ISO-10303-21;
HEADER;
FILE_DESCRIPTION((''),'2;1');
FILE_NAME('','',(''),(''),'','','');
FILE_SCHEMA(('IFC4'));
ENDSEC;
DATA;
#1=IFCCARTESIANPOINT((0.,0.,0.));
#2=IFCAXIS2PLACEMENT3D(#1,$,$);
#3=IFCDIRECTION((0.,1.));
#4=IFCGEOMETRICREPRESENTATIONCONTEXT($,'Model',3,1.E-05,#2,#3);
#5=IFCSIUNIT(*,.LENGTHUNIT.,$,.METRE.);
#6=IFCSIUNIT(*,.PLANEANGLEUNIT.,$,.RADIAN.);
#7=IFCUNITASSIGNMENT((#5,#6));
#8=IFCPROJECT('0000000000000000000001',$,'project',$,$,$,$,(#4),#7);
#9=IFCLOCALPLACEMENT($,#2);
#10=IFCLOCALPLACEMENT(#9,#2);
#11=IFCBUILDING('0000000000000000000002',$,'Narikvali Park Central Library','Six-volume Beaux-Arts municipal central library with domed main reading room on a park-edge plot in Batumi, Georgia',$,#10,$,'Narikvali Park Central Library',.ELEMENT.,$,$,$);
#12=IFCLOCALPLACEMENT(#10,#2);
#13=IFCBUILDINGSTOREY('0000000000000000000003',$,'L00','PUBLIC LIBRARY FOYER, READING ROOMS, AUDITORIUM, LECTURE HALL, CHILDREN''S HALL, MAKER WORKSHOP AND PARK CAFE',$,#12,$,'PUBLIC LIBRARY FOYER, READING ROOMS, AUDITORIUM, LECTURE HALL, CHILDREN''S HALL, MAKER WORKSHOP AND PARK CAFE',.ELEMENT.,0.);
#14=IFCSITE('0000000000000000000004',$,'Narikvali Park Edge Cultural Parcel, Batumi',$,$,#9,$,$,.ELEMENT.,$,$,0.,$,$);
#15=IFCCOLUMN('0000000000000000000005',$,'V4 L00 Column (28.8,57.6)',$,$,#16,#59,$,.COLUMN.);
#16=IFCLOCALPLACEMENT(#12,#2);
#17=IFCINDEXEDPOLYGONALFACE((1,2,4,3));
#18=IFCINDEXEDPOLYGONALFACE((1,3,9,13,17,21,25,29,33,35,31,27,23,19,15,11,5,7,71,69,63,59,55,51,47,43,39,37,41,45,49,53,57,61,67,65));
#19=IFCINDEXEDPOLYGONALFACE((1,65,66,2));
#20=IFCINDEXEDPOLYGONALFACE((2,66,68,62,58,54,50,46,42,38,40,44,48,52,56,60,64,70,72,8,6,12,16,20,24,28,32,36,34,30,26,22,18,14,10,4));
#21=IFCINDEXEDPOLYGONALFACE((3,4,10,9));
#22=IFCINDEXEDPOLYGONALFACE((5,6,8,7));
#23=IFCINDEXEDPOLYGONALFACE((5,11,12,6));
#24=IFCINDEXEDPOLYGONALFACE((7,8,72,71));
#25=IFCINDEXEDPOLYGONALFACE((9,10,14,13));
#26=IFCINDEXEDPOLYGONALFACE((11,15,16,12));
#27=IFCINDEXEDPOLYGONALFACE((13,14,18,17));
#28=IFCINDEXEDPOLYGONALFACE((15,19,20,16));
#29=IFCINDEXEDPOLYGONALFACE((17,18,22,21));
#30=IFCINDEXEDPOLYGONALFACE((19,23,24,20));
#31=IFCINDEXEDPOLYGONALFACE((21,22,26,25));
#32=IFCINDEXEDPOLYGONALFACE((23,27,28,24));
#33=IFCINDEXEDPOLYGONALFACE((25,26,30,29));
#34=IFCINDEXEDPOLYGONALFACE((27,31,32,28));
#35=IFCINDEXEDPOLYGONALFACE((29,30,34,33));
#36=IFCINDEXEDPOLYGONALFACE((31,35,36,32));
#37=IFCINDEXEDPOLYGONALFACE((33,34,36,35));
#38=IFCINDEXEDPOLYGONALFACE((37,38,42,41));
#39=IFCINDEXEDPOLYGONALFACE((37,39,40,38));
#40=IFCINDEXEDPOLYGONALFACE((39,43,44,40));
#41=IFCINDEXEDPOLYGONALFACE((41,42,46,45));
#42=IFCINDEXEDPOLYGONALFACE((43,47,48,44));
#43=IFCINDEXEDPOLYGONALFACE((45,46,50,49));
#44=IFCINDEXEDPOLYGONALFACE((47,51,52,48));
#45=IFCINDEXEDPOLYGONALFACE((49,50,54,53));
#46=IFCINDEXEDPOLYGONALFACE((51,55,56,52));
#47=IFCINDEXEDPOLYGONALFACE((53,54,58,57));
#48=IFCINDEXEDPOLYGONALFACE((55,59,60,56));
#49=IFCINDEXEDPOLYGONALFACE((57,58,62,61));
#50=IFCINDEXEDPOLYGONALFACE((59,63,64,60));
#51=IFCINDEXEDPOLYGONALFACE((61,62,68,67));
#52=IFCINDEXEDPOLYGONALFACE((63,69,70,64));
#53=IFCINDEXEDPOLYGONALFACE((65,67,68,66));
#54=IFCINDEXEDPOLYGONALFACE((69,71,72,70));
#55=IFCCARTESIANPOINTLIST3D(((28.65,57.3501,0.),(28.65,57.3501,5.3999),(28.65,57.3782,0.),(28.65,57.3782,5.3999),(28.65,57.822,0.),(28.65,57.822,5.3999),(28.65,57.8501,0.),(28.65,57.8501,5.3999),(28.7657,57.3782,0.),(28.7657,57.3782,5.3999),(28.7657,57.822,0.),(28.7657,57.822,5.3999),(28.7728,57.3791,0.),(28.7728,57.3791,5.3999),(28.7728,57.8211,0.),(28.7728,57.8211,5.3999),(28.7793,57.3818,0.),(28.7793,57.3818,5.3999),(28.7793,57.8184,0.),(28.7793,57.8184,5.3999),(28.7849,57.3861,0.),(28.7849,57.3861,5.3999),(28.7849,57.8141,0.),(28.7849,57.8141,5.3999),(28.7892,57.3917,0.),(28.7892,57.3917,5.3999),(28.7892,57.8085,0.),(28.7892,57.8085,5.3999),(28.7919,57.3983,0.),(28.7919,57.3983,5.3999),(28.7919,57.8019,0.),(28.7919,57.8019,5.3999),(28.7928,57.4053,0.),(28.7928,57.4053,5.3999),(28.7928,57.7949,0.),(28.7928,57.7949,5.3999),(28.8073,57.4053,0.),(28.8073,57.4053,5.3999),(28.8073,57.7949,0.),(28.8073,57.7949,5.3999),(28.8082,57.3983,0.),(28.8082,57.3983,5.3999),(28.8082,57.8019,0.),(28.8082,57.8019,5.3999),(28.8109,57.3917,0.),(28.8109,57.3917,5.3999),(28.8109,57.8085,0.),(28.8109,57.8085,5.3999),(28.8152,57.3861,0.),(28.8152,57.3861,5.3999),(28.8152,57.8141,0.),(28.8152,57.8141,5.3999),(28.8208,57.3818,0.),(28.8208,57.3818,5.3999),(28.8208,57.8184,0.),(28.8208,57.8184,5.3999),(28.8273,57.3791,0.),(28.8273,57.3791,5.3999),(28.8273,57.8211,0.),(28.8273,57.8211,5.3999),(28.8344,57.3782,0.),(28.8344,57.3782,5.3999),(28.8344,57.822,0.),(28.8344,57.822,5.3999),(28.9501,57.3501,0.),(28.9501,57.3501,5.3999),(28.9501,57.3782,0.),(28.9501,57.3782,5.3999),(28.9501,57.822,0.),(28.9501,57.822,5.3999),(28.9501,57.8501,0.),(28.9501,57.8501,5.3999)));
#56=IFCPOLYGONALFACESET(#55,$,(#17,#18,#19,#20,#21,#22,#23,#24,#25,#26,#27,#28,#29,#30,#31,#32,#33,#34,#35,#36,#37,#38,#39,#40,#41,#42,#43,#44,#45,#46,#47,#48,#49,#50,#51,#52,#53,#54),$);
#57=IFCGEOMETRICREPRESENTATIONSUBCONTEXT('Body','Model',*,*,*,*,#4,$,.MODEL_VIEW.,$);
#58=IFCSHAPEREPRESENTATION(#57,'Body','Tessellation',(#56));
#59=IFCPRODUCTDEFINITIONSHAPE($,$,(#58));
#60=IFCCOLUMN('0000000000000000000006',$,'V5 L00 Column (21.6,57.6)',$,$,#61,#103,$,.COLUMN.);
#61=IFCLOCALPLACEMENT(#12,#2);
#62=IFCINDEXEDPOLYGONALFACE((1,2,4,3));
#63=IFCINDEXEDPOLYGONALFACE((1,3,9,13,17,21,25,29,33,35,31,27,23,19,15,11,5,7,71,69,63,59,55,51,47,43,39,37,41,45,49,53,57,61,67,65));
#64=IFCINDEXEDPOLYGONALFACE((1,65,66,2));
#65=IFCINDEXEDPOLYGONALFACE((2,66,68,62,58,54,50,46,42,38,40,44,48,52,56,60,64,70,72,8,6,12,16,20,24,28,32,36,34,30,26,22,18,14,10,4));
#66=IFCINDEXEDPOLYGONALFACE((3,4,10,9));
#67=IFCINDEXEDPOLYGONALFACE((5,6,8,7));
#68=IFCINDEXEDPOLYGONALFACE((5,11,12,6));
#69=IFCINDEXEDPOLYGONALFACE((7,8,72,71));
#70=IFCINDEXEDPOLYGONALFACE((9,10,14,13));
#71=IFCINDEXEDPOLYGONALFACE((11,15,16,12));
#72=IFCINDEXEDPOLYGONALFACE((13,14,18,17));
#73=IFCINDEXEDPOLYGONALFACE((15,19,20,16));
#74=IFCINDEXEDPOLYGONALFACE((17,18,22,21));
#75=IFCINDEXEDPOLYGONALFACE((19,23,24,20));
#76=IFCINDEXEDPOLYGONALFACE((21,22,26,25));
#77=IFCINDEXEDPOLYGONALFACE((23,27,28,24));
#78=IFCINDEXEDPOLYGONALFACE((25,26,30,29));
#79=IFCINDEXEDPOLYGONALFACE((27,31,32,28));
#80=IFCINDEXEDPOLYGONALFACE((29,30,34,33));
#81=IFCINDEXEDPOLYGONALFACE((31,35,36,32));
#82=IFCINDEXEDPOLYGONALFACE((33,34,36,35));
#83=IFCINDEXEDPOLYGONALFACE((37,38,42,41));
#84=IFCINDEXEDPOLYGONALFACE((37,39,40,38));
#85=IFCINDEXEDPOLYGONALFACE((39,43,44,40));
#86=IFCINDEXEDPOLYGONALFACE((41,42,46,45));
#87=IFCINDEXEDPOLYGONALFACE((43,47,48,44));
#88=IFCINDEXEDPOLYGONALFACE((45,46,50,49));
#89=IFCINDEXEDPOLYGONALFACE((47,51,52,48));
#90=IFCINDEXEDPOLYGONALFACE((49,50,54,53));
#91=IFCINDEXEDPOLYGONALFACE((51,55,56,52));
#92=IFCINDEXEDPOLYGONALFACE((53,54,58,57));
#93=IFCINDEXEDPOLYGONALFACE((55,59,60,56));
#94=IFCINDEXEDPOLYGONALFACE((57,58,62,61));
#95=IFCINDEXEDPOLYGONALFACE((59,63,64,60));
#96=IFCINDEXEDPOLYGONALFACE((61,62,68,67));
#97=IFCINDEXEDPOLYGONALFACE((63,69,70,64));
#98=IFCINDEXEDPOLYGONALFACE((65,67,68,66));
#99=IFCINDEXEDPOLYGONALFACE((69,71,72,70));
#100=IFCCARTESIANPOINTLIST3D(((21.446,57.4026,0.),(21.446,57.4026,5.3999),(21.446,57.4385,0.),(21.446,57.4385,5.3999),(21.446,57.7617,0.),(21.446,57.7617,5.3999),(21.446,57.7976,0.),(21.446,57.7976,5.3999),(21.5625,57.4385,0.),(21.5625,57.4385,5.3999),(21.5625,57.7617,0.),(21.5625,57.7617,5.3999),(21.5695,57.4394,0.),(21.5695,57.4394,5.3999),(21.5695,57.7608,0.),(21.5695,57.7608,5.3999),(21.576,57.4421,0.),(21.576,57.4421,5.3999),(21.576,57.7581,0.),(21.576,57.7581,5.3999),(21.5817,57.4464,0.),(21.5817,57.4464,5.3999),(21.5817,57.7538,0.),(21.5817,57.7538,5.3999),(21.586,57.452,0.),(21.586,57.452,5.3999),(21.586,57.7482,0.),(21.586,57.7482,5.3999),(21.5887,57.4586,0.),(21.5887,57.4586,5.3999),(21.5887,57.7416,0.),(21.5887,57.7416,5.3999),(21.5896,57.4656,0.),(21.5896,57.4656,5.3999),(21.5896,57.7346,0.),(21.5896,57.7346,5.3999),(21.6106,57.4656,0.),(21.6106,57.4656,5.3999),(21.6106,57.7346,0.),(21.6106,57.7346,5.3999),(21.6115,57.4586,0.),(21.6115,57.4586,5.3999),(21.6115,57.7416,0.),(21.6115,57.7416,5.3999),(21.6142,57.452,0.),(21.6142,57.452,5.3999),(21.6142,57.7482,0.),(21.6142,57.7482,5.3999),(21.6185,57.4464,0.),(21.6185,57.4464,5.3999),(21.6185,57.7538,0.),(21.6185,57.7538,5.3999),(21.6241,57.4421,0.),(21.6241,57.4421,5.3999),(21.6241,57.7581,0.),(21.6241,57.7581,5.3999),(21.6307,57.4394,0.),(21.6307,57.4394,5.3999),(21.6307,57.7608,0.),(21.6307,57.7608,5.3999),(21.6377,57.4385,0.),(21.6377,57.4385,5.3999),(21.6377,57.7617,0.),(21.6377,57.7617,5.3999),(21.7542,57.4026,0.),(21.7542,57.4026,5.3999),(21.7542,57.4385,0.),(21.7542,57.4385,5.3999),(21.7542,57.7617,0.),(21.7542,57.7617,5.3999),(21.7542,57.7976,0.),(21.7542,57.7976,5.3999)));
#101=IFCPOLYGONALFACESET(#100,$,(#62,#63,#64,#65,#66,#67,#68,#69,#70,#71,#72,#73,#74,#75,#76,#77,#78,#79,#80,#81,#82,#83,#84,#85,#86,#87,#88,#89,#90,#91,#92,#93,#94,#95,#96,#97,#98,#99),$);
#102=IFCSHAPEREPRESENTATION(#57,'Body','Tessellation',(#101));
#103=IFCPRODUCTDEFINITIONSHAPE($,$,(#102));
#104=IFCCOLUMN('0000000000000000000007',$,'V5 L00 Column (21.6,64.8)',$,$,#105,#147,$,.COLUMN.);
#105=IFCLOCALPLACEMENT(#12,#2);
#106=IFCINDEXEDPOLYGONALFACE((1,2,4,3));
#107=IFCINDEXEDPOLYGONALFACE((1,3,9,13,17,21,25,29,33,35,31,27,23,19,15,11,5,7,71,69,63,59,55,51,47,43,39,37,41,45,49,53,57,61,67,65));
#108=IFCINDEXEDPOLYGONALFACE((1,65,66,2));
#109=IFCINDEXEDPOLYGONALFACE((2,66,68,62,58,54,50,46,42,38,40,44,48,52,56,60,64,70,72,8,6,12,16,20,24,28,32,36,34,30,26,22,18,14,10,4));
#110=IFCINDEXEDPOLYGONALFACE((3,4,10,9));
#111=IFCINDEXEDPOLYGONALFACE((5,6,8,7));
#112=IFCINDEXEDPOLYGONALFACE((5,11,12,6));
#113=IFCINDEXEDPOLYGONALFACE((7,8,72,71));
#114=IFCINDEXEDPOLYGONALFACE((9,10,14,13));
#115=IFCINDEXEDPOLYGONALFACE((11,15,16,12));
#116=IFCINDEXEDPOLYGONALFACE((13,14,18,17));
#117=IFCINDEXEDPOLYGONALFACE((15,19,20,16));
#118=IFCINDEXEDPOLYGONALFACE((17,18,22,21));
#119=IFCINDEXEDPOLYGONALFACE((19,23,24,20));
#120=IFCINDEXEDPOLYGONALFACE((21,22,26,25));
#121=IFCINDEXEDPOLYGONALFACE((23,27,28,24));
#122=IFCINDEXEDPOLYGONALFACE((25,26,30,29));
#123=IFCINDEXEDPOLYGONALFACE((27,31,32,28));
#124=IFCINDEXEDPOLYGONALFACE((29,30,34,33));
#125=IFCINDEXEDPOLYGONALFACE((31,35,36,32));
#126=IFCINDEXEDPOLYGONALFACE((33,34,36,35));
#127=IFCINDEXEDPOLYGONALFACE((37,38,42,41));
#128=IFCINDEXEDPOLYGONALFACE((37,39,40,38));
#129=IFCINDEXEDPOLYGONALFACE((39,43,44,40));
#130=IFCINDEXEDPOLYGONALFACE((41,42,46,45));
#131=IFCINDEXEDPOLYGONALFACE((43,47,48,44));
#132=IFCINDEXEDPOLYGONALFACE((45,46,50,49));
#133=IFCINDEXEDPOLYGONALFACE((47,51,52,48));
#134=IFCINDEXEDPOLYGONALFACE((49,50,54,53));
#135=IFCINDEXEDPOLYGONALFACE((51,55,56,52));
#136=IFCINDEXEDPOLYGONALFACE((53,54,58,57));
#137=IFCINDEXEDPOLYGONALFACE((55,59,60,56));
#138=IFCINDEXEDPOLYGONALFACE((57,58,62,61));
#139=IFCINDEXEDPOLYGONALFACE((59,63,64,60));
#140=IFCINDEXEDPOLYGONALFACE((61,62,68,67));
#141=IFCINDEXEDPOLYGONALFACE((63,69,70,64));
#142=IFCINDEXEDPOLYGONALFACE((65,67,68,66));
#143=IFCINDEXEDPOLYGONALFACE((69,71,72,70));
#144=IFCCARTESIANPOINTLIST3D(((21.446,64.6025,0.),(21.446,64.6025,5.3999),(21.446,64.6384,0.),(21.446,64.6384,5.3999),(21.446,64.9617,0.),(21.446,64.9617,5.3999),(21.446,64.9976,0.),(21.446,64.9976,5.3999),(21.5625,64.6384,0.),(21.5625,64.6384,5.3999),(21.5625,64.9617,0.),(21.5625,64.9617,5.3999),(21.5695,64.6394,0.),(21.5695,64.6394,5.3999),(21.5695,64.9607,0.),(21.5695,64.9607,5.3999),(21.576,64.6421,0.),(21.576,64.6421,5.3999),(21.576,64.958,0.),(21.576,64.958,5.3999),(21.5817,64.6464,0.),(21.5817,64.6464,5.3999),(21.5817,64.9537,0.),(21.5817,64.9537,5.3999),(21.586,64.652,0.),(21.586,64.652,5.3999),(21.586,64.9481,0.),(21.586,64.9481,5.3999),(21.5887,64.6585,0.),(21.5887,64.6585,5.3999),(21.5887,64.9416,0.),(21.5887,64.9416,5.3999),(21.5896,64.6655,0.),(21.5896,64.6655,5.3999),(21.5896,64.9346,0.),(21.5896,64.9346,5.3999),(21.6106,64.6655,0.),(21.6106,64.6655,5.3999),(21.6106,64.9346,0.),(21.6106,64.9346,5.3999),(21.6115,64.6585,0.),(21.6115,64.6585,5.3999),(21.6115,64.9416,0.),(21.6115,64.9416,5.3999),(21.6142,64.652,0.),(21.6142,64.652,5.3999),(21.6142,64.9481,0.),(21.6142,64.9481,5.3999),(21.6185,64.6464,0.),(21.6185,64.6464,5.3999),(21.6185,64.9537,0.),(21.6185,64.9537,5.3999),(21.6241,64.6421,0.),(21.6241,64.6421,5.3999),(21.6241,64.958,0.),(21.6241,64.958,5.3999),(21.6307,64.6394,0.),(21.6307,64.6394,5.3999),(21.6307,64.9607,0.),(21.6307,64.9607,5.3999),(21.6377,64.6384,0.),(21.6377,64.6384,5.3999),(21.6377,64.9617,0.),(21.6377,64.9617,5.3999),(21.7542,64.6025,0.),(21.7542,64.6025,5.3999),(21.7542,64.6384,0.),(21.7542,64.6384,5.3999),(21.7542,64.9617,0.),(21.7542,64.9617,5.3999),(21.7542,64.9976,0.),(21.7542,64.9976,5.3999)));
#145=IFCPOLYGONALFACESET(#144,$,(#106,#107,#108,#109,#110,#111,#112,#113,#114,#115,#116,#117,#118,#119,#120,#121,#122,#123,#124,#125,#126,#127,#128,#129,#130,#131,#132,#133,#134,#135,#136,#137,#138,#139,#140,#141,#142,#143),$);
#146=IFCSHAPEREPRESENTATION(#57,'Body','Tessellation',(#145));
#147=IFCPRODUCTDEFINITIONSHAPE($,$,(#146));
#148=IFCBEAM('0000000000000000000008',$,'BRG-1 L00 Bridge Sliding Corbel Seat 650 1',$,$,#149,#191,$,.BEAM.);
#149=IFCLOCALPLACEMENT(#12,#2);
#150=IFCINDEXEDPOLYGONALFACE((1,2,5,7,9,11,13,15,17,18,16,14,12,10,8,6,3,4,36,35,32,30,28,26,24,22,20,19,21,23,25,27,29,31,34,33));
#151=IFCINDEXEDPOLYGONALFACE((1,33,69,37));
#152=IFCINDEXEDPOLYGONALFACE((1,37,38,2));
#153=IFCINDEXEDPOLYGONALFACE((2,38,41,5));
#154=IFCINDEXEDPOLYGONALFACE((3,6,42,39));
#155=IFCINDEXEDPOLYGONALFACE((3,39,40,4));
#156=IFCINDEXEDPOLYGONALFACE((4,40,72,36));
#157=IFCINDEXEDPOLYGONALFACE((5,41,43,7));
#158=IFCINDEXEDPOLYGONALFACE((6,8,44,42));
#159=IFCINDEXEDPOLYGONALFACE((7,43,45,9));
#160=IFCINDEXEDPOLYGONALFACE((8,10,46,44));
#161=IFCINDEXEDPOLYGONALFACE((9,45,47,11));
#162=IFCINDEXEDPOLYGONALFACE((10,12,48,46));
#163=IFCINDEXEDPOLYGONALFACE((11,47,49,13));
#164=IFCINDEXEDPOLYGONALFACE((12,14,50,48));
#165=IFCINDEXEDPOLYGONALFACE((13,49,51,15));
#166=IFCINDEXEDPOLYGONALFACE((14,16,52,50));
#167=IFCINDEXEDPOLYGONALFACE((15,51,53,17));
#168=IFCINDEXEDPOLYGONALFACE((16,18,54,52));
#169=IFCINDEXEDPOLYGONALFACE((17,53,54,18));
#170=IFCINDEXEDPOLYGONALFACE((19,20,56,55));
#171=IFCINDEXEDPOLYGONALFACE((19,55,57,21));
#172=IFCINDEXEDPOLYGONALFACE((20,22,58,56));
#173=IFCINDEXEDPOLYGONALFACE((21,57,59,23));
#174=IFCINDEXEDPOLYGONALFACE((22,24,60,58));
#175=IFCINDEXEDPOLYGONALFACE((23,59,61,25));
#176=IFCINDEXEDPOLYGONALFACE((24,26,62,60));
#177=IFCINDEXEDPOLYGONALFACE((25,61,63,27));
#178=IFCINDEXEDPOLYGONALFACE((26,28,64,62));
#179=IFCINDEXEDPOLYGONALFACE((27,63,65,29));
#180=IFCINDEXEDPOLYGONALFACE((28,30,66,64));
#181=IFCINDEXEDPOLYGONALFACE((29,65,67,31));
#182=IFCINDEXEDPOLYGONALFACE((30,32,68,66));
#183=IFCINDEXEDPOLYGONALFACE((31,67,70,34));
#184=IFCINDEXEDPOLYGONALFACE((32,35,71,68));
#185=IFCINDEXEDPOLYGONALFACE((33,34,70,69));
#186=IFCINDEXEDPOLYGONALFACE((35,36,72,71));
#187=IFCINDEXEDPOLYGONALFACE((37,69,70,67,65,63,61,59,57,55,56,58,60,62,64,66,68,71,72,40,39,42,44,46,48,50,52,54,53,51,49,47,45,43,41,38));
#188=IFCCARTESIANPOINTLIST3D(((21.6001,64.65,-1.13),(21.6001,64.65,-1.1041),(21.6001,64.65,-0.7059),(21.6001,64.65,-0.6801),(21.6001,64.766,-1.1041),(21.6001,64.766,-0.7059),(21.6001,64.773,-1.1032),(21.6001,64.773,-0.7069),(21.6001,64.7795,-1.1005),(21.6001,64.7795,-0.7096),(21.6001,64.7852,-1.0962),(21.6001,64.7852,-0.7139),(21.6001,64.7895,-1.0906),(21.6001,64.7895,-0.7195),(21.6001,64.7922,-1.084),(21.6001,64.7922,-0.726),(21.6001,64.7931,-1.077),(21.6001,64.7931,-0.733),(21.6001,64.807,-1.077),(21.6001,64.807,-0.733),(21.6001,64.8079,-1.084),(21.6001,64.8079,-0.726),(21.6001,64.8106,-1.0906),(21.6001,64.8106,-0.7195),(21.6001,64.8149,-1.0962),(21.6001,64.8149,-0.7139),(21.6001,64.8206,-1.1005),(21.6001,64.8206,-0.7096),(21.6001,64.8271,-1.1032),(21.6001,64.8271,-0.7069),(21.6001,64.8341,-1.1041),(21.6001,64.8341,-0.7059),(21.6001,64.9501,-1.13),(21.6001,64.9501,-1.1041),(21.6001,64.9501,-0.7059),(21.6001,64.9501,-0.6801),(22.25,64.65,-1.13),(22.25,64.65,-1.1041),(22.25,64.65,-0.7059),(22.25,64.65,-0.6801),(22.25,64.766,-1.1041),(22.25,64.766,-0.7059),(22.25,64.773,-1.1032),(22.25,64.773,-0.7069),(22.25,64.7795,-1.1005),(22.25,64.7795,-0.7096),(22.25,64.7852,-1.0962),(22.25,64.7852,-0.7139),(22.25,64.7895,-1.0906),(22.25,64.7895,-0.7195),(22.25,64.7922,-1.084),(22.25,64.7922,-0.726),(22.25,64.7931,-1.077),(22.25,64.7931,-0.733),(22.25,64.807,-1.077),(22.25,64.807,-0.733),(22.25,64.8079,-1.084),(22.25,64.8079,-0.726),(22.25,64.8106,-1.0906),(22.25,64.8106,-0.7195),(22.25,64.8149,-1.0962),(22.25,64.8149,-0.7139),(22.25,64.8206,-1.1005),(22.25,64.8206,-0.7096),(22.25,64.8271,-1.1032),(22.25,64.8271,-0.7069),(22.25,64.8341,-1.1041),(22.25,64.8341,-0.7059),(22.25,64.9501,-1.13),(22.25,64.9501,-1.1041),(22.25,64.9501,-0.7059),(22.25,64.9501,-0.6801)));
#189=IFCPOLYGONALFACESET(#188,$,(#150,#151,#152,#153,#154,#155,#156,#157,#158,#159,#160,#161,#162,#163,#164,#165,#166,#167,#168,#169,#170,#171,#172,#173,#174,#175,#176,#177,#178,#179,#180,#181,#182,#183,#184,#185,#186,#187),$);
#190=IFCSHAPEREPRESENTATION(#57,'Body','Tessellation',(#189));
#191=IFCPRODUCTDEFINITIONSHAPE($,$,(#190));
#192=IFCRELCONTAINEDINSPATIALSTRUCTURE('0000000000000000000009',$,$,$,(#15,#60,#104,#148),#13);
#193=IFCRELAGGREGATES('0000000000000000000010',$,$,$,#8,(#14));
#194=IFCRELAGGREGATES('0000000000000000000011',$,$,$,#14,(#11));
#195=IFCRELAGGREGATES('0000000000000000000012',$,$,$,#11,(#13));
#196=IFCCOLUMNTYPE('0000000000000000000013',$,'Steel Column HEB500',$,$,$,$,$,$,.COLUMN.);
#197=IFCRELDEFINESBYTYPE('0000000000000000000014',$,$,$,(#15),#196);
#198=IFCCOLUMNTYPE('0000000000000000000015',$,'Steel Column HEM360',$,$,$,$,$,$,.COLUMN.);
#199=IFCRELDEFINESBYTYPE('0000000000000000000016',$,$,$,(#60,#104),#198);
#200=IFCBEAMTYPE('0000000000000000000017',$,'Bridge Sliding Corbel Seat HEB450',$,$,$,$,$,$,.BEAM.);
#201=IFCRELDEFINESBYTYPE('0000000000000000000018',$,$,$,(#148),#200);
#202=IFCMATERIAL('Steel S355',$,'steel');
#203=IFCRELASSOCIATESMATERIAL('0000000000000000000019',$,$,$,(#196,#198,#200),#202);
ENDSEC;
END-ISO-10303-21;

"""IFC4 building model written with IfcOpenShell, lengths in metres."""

from ifc_helpers import new_model, si_unit, direction, frame, origin, origin_2d, place, context, subcontext, project, spatial, i_section, extrude, material, material_profile, profile_set, type_object, element, save


model = new_model("IFC4")

# Units and contexts
model_context = context("Model", 3, precision=1e-05, world=origin(), true_north=direction((0.0, 1.0)))
body_context = subcontext(model_context, "Body", "Model", "MODEL_VIEW")
ifc_project = project(units=[si_unit("LENGTHUNIT", "METRE"), si_unit("PLANEANGLEUNIT", "RADIAN")], contexts=[model_context])

# Site, building, storey
site_placement = place(None, origin())
site = spatial("IfcSite", under=ifc_project, at=site_placement, Name="Narikvali Park Edge Cultural Parcel, Batumi", CompositionType="ELEMENT", RefElevation=0.0)
building_placement = place(site_placement, origin())
building = spatial("IfcBuilding", under=site, at=building_placement, Name="Narikvali Park Central Library", Description="Six-volume Beaux-Arts municipal central library with domed main reading room on a park-edge plot in Batumi, Georgia", LongName="Narikvali Park Central Library", CompositionType="ELEMENT")
storey_placement = place(building_placement, origin())
storey = spatial("IfcBuildingStorey", under=building, at=storey_placement, Name="L00", Description="PUBLIC LIBRARY FOYER, READING ROOMS, AUDITORIUM, LECTURE HALL, CHILDREN'S HALL, MAKER WORKSHOP AND PARK CAFE", LongName="PUBLIC LIBRARY FOYER, READING ROOMS, AUDITORIUM, LECTURE HALL, CHILDREN'S HALL, MAKER WORKSHOP AND PARK CAFE", CompositionType="ELEMENT", Elevation=0.0)

# Columns
ifc_material_1 = material(Name="Steel S355", Category="steel")
ifc_material_profile_1 = material_profile(ifc_material_1, i_section(OverallWidth=0.3, OverallDepth=0.5, WebThickness=0.0144, FlangeThickness=0.0281, FilletRadius=0.0271, at=origin_2d()), Name="HEB 500")
ifc_profile_set_1 = profile_set([ifc_material_profile_1], Name="Steel S355")
column_type_1 = type_object("IfcColumnType", Name="Steel Column HEB500", PredefinedType="COLUMN", material=ifc_profile_set_1)
column_placement = place(storey_placement, frame((28.8, 57.6001, 0.0), z_axis=(0.0, 0.0, 1.0), x_axis=(1.0, 0.0, 0.0)))
element("IfcColumn", 1, at=column_placement, inside=storey, type_object=column_type_1, Name="V4 L00 Column (28.8,57.6)", PredefinedType="COLUMN", context=body_context, shape_type="SweptSolid", body=[
    extrude(i_section(OverallWidth=0.3, OverallDepth=0.5, WebThickness=0.0144, FlangeThickness=0.0281, FilletRadius=0.0271, at=origin_2d()), origin(), (0.0, 0.0, 1.0), 5.3999),
])
ifc_material_profile_2 = material_profile(ifc_material_1, i_section(OverallWidth=0.3081, OverallDepth=0.395, WebThickness=0.021, FlangeThickness=0.0359, FilletRadius=0.0271, at=origin_2d()), Name="HEM 360")
ifc_profile_set_2 = profile_set([ifc_material_profile_2], Name="Steel S355")
column_type_2 = type_object("IfcColumnType", Name="Steel Column HEM360", PredefinedType="COLUMN", material=ifc_profile_set_2)
for number, where, z_axis, x_axis, name in (
    (2, (21.6001, 57.6001, 0.0), (0.0, 0.0, 1.0), (1.0, 0.0, 0.0), "V5 L00 Column (21.6,57.6)"),
    (3, (21.6001, 64.8, 0.0), (0.0, 0.0, 1.0), (1.0, 0.0, 0.0), "V5 L00 Column (21.6,64.8)"),
):
    element("IfcColumn", number, at=place(storey_placement, frame(where, z_axis=z_axis, x_axis=x_axis)), inside=storey, type_object=column_type_2, Name=name, PredefinedType="COLUMN", context=body_context, shape_type="SweptSolid", body=[
        extrude(i_section(OverallWidth=0.3081, OverallDepth=0.395, WebThickness=0.021, FlangeThickness=0.0359, FilletRadius=0.0271, at=origin_2d()), origin(), (0.0, 0.0, 1.0), 5.3999),
    ])

# Beam
ifc_material_profile_3 = material_profile(ifc_material_1, i_section(OverallWidth=0.3, OverallDepth=0.45, WebThickness=0.0139, FlangeThickness=0.0259, FilletRadius=0.0271, at=origin_2d()), Name="HEB 450")
ifc_profile_set_3 = profile_set([ifc_material_profile_3], Name="Steel S355")
beam_type_1 = type_object("IfcBeamType", Name="Bridge Sliding Corbel Seat HEB450", PredefinedType="BEAM", material=ifc_profile_set_3)
beam_1_placement = place(storey_placement, frame((21.6001, 64.8, -0.905), z_axis=(1.0, 0.0, 0.0), x_axis=(0.0, 1.0, 0.0)))
element("IfcBeam", 4, at=beam_1_placement, inside=storey, type_object=beam_type_1, Name="BRG-1 L00 Bridge Sliding Corbel Seat 650 1", PredefinedType="BEAM", context=body_context, shape_type="SweptSolid", body=[
    extrude(i_section(OverallWidth=0.3, OverallDepth=0.45, WebThickness=0.0139, FlangeThickness=0.0259, FilletRadius=0.0271, at=origin_2d()), origin(), (0.0, 0.0, 1.0), 0.6499),
])

save(model, "model.ifc")
